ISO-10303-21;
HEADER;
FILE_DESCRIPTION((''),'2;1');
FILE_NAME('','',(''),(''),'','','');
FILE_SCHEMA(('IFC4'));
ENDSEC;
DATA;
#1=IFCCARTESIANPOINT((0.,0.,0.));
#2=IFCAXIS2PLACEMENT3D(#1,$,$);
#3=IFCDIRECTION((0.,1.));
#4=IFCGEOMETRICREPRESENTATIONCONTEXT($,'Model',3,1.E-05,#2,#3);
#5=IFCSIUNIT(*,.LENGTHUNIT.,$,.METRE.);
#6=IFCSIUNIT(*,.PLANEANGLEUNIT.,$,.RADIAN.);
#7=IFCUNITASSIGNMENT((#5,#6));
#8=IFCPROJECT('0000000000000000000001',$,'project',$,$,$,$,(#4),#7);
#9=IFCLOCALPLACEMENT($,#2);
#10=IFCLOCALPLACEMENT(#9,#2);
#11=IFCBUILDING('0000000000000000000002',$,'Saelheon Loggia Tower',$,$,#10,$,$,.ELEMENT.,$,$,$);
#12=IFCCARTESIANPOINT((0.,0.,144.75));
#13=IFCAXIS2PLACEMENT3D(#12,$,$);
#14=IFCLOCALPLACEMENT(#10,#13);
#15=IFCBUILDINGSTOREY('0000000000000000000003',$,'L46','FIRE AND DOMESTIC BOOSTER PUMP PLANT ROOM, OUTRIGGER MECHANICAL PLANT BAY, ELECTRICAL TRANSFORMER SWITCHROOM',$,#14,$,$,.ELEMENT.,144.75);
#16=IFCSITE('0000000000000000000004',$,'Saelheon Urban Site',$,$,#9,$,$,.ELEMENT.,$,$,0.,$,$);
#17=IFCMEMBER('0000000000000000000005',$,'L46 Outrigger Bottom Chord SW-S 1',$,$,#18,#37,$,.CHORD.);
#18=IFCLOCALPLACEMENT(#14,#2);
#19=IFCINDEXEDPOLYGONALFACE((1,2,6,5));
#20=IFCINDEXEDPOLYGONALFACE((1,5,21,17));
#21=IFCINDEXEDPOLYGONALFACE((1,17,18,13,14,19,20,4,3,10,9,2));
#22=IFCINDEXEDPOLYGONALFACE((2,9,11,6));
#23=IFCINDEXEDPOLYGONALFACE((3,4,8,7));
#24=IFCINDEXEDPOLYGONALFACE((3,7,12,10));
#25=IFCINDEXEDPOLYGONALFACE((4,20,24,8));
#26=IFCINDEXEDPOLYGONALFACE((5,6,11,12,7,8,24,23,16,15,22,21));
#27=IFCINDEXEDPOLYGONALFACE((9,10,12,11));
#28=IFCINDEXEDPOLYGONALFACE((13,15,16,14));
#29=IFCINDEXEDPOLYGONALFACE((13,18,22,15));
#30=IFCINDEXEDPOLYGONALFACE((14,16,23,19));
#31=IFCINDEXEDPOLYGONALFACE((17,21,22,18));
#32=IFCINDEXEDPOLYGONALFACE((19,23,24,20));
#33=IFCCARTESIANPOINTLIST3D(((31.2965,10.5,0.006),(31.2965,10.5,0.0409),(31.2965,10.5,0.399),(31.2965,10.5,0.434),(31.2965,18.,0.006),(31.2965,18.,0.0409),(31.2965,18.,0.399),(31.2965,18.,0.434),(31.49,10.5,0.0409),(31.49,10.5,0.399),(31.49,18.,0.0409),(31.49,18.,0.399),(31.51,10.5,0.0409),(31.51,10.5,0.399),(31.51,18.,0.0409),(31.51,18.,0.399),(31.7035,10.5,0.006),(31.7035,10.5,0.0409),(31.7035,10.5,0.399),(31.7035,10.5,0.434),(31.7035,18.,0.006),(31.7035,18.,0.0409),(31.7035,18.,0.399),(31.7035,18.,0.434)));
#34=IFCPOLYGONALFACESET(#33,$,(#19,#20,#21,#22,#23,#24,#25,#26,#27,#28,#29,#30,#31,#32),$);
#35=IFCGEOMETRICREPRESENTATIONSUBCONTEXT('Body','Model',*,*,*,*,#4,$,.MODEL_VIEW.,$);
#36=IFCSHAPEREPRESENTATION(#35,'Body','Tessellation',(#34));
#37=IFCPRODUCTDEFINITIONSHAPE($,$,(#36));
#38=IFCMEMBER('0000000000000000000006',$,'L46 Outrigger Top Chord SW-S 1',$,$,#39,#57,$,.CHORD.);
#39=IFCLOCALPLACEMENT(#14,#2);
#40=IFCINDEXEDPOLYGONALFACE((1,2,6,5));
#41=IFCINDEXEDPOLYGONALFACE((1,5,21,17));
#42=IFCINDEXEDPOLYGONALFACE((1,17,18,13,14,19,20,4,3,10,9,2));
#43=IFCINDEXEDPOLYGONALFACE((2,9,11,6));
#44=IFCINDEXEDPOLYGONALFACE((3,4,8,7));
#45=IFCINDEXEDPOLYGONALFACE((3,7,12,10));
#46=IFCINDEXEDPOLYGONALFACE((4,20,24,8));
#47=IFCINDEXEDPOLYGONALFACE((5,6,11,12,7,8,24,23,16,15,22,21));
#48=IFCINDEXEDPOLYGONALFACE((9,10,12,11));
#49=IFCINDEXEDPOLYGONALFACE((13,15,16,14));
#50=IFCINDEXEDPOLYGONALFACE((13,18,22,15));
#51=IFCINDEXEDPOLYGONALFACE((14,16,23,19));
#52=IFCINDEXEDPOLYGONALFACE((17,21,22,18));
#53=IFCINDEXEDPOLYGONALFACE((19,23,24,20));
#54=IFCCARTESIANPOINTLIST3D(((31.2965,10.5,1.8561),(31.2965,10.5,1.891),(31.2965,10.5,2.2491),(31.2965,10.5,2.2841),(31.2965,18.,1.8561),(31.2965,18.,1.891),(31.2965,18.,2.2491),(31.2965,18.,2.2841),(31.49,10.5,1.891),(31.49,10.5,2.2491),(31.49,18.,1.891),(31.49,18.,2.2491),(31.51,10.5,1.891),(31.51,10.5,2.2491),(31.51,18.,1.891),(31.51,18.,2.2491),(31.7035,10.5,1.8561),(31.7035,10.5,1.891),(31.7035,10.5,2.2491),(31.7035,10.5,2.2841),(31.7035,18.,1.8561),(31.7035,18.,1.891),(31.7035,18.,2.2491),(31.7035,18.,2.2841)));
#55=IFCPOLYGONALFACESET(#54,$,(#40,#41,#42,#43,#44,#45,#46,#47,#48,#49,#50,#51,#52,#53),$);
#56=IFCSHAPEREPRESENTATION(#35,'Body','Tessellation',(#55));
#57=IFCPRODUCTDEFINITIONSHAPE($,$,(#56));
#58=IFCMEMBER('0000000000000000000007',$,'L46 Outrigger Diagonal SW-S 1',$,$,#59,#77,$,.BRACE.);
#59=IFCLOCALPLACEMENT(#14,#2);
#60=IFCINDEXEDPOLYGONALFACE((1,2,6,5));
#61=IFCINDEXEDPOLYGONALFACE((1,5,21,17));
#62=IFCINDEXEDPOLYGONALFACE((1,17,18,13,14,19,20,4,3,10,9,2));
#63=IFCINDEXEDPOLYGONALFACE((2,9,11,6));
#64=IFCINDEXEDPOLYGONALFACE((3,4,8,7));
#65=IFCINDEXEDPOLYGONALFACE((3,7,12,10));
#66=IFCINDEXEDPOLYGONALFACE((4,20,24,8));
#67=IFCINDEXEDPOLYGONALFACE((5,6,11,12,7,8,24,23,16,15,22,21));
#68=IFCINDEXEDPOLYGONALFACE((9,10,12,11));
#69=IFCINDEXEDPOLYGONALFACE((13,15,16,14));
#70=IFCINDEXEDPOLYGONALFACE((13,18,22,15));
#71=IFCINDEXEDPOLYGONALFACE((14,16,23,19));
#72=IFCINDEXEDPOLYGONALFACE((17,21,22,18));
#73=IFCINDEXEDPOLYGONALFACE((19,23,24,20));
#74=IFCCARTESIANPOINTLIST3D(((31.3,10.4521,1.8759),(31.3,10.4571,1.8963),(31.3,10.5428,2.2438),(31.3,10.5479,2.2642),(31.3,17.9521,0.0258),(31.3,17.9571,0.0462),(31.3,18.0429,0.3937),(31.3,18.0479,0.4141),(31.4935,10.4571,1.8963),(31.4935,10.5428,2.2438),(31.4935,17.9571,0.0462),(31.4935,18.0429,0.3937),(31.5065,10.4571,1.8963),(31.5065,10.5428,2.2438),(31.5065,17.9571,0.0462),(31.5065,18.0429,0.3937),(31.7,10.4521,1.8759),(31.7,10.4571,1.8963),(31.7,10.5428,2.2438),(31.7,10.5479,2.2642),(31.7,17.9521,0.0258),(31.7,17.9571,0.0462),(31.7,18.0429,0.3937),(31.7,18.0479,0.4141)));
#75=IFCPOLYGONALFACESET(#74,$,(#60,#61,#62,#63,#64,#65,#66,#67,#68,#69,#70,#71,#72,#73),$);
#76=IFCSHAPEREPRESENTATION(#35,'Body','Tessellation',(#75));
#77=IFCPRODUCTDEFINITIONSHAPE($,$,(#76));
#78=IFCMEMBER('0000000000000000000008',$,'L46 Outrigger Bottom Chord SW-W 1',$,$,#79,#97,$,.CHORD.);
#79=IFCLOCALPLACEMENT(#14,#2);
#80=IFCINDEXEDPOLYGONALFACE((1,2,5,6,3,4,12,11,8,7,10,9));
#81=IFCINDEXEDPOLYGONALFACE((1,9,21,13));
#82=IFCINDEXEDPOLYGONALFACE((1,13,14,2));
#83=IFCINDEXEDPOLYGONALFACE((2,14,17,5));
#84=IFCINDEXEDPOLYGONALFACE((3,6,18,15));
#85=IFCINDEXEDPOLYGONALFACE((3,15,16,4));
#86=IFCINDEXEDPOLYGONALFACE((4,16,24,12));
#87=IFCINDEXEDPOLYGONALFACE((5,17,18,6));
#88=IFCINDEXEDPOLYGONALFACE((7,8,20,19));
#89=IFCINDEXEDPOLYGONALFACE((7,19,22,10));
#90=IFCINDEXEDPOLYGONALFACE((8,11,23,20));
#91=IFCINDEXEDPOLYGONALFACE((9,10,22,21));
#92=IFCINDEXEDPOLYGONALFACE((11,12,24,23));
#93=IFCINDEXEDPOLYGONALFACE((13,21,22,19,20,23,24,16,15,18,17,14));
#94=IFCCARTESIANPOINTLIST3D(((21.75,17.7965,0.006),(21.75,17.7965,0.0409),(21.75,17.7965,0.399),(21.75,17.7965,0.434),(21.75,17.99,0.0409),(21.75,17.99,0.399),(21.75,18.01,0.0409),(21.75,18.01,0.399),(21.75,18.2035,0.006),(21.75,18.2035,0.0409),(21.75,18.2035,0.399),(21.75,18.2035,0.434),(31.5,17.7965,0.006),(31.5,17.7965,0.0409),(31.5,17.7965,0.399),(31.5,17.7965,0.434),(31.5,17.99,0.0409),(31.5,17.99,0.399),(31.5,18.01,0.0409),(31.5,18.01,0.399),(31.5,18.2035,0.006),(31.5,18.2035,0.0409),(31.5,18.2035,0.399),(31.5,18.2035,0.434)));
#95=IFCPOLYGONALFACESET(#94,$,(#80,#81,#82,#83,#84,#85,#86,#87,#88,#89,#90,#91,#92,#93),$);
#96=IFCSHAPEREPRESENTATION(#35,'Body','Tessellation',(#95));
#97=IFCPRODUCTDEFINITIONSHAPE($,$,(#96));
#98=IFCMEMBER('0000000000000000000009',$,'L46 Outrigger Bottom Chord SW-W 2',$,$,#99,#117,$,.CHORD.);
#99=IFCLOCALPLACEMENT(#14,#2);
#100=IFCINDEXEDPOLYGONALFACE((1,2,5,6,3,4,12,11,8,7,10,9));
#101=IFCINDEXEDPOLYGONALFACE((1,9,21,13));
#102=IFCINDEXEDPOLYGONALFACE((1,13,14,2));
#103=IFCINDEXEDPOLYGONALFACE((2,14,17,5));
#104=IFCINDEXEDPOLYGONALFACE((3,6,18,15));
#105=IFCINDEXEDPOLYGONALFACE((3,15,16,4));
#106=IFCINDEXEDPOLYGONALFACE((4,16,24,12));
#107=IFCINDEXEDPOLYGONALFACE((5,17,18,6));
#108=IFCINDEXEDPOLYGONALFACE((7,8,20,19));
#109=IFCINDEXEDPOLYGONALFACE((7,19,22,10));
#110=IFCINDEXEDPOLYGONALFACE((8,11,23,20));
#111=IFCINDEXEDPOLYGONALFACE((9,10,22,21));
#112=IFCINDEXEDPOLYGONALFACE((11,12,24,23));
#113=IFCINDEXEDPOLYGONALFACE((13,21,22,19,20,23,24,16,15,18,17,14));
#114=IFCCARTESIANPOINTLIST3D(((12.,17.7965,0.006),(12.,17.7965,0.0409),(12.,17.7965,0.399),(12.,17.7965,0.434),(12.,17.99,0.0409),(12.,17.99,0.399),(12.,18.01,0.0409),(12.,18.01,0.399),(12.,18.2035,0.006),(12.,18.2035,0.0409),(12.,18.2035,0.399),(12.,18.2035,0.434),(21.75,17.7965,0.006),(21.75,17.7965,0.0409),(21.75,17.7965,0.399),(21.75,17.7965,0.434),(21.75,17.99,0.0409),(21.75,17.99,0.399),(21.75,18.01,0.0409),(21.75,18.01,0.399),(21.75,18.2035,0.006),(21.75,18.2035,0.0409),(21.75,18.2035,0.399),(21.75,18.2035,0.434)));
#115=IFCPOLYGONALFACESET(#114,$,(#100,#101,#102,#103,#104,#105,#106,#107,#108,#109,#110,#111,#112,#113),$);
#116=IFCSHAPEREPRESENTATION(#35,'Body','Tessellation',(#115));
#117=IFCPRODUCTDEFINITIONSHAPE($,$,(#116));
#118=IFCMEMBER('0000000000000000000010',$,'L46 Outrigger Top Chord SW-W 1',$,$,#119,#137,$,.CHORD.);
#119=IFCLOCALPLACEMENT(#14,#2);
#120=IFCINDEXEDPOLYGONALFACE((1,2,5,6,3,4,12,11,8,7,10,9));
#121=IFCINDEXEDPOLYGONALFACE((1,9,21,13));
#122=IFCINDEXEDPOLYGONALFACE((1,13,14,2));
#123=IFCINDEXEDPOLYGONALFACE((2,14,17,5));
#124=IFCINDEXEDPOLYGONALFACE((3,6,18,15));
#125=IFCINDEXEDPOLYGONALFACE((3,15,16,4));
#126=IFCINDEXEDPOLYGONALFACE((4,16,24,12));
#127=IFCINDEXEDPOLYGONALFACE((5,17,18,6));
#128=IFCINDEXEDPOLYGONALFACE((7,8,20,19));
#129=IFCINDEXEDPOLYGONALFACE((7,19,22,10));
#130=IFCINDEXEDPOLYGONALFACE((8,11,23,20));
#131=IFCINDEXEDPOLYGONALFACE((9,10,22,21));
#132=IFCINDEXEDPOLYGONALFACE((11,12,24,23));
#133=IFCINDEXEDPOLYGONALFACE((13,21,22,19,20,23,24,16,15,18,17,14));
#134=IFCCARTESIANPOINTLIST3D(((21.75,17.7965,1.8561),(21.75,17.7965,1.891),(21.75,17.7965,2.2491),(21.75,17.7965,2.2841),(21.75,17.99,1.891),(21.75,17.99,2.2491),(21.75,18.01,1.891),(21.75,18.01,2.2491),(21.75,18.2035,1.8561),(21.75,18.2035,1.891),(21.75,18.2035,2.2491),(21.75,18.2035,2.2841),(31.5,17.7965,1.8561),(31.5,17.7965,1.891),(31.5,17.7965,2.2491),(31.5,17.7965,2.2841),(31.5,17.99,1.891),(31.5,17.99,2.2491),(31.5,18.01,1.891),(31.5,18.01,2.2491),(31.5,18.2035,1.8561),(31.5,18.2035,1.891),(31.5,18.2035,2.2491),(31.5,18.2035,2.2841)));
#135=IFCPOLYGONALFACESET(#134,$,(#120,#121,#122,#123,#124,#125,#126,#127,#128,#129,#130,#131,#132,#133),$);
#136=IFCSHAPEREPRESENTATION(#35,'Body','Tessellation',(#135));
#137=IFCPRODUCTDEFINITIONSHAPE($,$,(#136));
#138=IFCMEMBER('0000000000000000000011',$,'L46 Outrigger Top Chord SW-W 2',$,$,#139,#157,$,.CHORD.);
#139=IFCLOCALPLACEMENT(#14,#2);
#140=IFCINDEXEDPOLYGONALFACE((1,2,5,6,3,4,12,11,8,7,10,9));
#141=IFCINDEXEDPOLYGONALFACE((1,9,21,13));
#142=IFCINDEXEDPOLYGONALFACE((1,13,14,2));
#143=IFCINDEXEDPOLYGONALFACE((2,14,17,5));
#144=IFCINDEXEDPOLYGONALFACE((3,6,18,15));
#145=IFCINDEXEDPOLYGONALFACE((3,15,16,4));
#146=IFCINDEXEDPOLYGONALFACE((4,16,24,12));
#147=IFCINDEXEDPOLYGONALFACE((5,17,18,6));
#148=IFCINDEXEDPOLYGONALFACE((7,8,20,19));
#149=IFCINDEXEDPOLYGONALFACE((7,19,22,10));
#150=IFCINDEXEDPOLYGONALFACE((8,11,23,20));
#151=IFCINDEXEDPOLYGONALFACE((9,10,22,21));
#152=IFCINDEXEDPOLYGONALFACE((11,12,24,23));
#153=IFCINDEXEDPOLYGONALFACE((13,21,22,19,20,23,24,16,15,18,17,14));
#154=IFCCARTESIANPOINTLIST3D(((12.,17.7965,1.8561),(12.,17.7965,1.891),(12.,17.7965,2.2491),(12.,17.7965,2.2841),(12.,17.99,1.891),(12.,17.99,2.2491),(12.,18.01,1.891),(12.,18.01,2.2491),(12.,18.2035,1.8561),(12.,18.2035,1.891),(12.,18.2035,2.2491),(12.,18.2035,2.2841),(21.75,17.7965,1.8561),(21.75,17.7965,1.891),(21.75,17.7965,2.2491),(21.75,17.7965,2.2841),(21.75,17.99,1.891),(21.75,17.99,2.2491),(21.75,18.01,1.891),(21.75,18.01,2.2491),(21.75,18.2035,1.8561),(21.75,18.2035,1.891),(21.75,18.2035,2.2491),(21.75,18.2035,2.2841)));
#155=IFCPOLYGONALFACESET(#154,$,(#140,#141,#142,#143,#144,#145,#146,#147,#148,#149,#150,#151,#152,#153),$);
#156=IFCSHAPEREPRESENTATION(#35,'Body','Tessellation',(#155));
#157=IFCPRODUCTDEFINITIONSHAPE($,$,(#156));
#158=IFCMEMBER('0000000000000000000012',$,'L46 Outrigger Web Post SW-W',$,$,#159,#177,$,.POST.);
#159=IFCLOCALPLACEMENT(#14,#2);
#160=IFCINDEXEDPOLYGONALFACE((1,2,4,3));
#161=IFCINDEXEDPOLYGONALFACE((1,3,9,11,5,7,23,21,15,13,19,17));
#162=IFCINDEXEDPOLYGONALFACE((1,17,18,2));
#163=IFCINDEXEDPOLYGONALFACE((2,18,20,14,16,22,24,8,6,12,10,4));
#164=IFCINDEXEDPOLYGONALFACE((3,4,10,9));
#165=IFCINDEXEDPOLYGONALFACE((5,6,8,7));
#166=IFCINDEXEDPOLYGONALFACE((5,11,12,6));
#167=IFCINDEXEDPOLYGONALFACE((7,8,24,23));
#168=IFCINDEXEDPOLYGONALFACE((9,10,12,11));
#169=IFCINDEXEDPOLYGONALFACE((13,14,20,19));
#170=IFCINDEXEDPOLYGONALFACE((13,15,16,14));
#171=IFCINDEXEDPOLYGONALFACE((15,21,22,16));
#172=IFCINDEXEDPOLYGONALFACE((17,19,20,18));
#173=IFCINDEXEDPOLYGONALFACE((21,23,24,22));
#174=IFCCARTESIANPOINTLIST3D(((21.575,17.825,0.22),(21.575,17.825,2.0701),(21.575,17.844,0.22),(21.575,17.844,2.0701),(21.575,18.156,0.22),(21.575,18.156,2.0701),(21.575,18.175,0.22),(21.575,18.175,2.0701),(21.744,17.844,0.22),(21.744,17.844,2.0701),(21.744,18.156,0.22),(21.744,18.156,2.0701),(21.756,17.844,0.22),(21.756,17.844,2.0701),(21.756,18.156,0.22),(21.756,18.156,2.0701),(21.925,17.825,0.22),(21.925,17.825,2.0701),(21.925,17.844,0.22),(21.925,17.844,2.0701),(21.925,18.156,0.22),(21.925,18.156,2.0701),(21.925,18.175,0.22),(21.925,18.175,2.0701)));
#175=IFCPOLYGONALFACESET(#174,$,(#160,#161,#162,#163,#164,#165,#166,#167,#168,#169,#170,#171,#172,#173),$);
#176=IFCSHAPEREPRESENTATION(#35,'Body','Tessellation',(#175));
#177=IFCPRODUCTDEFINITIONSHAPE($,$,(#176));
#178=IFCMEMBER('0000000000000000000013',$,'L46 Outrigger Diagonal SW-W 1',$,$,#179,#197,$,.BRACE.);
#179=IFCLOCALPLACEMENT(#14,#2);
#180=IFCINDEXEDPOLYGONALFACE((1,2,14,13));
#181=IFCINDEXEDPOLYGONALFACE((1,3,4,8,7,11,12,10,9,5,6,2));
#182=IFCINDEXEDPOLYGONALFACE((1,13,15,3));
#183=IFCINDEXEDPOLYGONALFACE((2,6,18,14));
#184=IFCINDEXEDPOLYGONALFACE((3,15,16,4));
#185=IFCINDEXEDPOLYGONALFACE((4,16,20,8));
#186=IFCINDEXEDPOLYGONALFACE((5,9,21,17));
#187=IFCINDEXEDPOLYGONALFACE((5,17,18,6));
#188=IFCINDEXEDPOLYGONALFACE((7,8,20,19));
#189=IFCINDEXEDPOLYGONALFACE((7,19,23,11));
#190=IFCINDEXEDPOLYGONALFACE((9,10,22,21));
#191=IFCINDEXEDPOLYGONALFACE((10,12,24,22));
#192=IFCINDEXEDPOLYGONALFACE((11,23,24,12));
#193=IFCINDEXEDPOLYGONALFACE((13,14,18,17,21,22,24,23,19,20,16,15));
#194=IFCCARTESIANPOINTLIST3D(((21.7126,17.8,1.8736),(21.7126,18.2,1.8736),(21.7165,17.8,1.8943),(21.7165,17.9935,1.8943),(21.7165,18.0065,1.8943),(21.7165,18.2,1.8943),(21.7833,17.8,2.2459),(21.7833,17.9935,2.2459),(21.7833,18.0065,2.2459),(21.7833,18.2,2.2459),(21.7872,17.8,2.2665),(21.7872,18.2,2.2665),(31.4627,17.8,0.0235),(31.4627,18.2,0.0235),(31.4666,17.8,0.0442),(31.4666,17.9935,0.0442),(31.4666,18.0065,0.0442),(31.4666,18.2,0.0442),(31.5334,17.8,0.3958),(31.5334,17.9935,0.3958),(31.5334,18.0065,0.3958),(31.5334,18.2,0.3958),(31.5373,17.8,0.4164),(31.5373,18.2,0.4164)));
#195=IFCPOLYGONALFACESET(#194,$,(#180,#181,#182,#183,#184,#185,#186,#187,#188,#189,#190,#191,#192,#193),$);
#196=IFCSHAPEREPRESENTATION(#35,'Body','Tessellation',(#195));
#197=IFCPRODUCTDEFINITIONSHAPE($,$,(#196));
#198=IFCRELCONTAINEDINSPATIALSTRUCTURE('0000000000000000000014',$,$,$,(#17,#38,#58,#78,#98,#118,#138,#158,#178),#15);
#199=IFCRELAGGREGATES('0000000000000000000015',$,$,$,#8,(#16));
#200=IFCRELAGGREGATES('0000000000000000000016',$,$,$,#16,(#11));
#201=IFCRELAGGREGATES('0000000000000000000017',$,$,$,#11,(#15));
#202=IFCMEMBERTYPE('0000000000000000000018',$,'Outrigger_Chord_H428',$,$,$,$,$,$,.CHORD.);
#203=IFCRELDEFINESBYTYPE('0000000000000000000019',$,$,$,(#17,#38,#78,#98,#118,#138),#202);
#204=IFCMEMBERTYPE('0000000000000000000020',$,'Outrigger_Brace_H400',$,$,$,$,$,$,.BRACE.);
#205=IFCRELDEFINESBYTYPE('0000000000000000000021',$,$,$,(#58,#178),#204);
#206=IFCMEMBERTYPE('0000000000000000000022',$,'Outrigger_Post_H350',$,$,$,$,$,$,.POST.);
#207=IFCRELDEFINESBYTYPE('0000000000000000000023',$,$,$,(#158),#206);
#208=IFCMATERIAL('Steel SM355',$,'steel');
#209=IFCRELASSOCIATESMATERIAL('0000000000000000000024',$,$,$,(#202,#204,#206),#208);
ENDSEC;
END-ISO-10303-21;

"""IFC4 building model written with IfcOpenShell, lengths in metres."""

from ifc_helpers import new_model, si_unit, direction, frame, origin, origin_2d, place, context, subcontext, project, spatial, i_section, extrude, source, transform, mapped, material, material_profile, profile_set, type_object, element, save


model = new_model("IFC4")

# Units and contexts
model_context = context("Model", 3, precision=1e-05, world=origin(), true_north=direction((0.0, 1.0)))
body_context = subcontext(model_context, "Body", "Model", "MODEL_VIEW")
ifc_project = project(units=[si_unit("LENGTHUNIT", "METRE"), si_unit("PLANEANGLEUNIT", "RADIAN")], contexts=[model_context])

# Site, building, storey
site_placement = place(None, origin())
site = spatial("IfcSite", under=ifc_project, at=site_placement, Name="Saelheon Urban Site", CompositionType="ELEMENT", RefElevation=0.0)
building_placement = place(site_placement, origin())
building = spatial("IfcBuilding", under=site, at=building_placement, Name="Saelheon Loggia Tower", CompositionType="ELEMENT")
storey_placement = place(building_placement, frame((0.0, 0.0, 144.75)))
storey = spatial("IfcBuildingStorey", under=building, at=storey_placement, Name="L46", Description="FIRE AND DOMESTIC BOOSTER PUMP PLANT ROOM, OUTRIGGER MECHANICAL PLANT BAY, ELECTRICAL TRANSFORMER SWITCHROOM", CompositionType="ELEMENT", Elevation=144.75)

# Members
ifc_material_1 = material(Name="Steel SM355", Category="steel")
ifc_material_profile_1 = material_profile(ifc_material_1, i_section(OverallWidth=0.407, OverallDepth=0.428, WebThickness=0.02, FlangeThickness=0.0349, at=origin_2d()), Name="H-428x407x20x35")
ifc_profile_set_1 = profile_set([ifc_material_profile_1], Name="Steel SM355")
member_type_1 = type_object("IfcMemberType", Name="Outrigger_Chord_H428", PredefinedType="CHORD", material=ifc_profile_set_1)
shared_shape_1 = source(origin(), body_context, "Body", "SweptSolid", [
    extrude(i_section(OverallWidth=0.407, OverallDepth=0.428, WebThickness=0.02, FlangeThickness=0.0349, at=origin_2d()), origin(), (0.0, 0.0, 1.0), 7.5),
])
for number, where, z_axis, x_axis, name in (
    (1, (31.5, 18.0, 0.22), (0.0, -1.0, 0.0), (1.0, 0.0, 0.0), "L46 Outrigger Bottom Chord SW-S 1"),
    (2, (31.5, 18.0, 2.0701), (0.0, -1.0, 0.0), (1.0, 0.0, 0.0), "L46 Outrigger Top Chord SW-S 1"),
):
    element("IfcMember", number, at=place(storey_placement, frame(where, z_axis=z_axis, x_axis=x_axis)), inside=storey, type_object=member_type_1, Name=name, PredefinedType="CHORD", context=body_context, shape_type="MappedRepresentation", body=[
        mapped(shared_shape_1, transform((0.0, 0.0, 0.0), scale=1.0)),
    ])
ifc_material_profile_2 = material_profile(ifc_material_1, i_section(OverallWidth=0.3999, OverallDepth=0.3999, WebThickness=0.0129, FlangeThickness=0.021, at=origin_2d()), Name="H-400x400x13x21")
ifc_profile_set_2 = profile_set([ifc_material_profile_2], Name="Steel SM355")
member_type_2 = type_object("IfcMemberType", Name="Outrigger_Brace_H400", PredefinedType="BRACE", material=ifc_profile_set_2)
shared_shape_2 = source(origin(), body_context, "Body", "SweptSolid", [
    extrude(i_section(OverallWidth=0.3999, OverallDepth=0.3999, WebThickness=0.0129, FlangeThickness=0.021, at=origin_2d()), origin(), (0.0, 0.0, 1.0), 7.7249),
])
member_1_placement = place(storey_placement, frame((31.5, 18.0, 0.22), z_axis=(0.0, -0.970896, 0.2395), x_axis=(1.0, 0.0, 0.0)))
element("IfcMember", 3, at=member_1_placement, inside=storey, type_object=member_type_2, Name="L46 Outrigger Diagonal SW-S 1", PredefinedType="BRACE", context=body_context, shape_type="MappedRepresentation", body=[
    mapped(shared_shape_2, transform((0.0, 0.0, 0.0), scale=1.0)),
])
shared_shape_3 = source(origin(), body_context, "Body", "SweptSolid", [
    extrude(i_section(OverallWidth=0.407, OverallDepth=0.428, WebThickness=0.02, FlangeThickness=0.0349, at=origin_2d()), origin(), (0.0, 0.0, 1.0), 9.75),
])
for number, where, z_axis, x_axis, name in (
    (4, (31.5, 18.0, 0.22), (-1.0, 0.0, 0.0), (0.0, -1.0, 0.0), "L46 Outrigger Bottom Chord SW-W 1"),
    (5, (21.75, 18.0, 0.22), (-1.0, 0.0, 0.0), (0.0, -1.0, 0.0), "L46 Outrigger Bottom Chord SW-W 2"),
    (6, (31.5, 18.0, 2.0701), (-1.0, 0.0, 0.0), (0.0, -1.0, 0.0), "L46 Outrigger Top Chord SW-W 1"),
    (7, (21.75, 18.0, 2.0701), (-1.0, 0.0, 0.0), (0.0, -1.0, 0.0), "L46 Outrigger Top Chord SW-W 2"),
):
    element("IfcMember", number, at=place(storey_placement, frame(where, z_axis=z_axis, x_axis=x_axis)), inside=storey, type_object=member_type_1, Name=name, PredefinedType="CHORD", context=body_context, shape_type="MappedRepresentation", body=[
        mapped(shared_shape_3, transform((0.0, 0.0, 0.0), scale=1.0)),
    ])
ifc_material_profile_3 = material_profile(ifc_material_1, i_section(OverallWidth=0.3501, OverallDepth=0.3501, WebThickness=0.012, FlangeThickness=0.019, at=origin_2d()), Name="H-350x350x12x19")
ifc_profile_set_3 = profile_set([ifc_material_profile_3], Name="Steel SM355")
member_type_3 = type_object("IfcMemberType", Name="Outrigger_Post_H350", PredefinedType="POST", material=ifc_profile_set_3)
shared_shape_4 = source(origin(), body_context, "Body", "SweptSolid", [
    extrude(i_section(OverallWidth=0.3501, OverallDepth=0.3501, WebThickness=0.012, FlangeThickness=0.019, at=origin_2d()), origin(), (0.0, 0.0, 1.0), 1.8501),
])
member_2_placement = place(storey_placement, frame((21.75, 18.0, 0.22), z_axis=(0.0, 0.0, 1.0), x_axis=(1.0, 0.0, 0.0)))
element("IfcMember", 8, at=member_2_placement, inside=storey, type_object=member_type_3, Name="L46 Outrigger Web Post SW-W", PredefinedType="POST", context=body_context, shape_type="MappedRepresentation", body=[
    mapped(shared_shape_4, transform((0.0, 0.0, 0.0), scale=1.0)),
])
shared_shape_5 = source(origin(), body_context, "Body", "SweptSolid", [
    extrude(i_section(OverallWidth=0.3999, OverallDepth=0.3999, WebThickness=0.0129, FlangeThickness=0.021, at=origin_2d()), origin(), (0.0, 0.0, 1.0), 9.9241),
])
for number, where, z_axis, x_axis, name in (
    (9, (31.5, 18.0, 0.22), (-0.982469, 0.0, 0.186427), (0.0, -1.0, 0.0), "L46 Outrigger Diagonal SW-W 1"),
):
    element("IfcMember", number, at=place(storey_placement, frame(where, z_axis=z_axis, x_axis=x_axis)), inside=storey, type_object=member_type_2, Name=name, PredefinedType="BRACE", context=body_context, shape_type="MappedRepresentation", body=[
        mapped(shared_shape_5, transform((0.0, 0.0, 0.0), scale=1.0)),
    ])

save(model, "model.ifc")
